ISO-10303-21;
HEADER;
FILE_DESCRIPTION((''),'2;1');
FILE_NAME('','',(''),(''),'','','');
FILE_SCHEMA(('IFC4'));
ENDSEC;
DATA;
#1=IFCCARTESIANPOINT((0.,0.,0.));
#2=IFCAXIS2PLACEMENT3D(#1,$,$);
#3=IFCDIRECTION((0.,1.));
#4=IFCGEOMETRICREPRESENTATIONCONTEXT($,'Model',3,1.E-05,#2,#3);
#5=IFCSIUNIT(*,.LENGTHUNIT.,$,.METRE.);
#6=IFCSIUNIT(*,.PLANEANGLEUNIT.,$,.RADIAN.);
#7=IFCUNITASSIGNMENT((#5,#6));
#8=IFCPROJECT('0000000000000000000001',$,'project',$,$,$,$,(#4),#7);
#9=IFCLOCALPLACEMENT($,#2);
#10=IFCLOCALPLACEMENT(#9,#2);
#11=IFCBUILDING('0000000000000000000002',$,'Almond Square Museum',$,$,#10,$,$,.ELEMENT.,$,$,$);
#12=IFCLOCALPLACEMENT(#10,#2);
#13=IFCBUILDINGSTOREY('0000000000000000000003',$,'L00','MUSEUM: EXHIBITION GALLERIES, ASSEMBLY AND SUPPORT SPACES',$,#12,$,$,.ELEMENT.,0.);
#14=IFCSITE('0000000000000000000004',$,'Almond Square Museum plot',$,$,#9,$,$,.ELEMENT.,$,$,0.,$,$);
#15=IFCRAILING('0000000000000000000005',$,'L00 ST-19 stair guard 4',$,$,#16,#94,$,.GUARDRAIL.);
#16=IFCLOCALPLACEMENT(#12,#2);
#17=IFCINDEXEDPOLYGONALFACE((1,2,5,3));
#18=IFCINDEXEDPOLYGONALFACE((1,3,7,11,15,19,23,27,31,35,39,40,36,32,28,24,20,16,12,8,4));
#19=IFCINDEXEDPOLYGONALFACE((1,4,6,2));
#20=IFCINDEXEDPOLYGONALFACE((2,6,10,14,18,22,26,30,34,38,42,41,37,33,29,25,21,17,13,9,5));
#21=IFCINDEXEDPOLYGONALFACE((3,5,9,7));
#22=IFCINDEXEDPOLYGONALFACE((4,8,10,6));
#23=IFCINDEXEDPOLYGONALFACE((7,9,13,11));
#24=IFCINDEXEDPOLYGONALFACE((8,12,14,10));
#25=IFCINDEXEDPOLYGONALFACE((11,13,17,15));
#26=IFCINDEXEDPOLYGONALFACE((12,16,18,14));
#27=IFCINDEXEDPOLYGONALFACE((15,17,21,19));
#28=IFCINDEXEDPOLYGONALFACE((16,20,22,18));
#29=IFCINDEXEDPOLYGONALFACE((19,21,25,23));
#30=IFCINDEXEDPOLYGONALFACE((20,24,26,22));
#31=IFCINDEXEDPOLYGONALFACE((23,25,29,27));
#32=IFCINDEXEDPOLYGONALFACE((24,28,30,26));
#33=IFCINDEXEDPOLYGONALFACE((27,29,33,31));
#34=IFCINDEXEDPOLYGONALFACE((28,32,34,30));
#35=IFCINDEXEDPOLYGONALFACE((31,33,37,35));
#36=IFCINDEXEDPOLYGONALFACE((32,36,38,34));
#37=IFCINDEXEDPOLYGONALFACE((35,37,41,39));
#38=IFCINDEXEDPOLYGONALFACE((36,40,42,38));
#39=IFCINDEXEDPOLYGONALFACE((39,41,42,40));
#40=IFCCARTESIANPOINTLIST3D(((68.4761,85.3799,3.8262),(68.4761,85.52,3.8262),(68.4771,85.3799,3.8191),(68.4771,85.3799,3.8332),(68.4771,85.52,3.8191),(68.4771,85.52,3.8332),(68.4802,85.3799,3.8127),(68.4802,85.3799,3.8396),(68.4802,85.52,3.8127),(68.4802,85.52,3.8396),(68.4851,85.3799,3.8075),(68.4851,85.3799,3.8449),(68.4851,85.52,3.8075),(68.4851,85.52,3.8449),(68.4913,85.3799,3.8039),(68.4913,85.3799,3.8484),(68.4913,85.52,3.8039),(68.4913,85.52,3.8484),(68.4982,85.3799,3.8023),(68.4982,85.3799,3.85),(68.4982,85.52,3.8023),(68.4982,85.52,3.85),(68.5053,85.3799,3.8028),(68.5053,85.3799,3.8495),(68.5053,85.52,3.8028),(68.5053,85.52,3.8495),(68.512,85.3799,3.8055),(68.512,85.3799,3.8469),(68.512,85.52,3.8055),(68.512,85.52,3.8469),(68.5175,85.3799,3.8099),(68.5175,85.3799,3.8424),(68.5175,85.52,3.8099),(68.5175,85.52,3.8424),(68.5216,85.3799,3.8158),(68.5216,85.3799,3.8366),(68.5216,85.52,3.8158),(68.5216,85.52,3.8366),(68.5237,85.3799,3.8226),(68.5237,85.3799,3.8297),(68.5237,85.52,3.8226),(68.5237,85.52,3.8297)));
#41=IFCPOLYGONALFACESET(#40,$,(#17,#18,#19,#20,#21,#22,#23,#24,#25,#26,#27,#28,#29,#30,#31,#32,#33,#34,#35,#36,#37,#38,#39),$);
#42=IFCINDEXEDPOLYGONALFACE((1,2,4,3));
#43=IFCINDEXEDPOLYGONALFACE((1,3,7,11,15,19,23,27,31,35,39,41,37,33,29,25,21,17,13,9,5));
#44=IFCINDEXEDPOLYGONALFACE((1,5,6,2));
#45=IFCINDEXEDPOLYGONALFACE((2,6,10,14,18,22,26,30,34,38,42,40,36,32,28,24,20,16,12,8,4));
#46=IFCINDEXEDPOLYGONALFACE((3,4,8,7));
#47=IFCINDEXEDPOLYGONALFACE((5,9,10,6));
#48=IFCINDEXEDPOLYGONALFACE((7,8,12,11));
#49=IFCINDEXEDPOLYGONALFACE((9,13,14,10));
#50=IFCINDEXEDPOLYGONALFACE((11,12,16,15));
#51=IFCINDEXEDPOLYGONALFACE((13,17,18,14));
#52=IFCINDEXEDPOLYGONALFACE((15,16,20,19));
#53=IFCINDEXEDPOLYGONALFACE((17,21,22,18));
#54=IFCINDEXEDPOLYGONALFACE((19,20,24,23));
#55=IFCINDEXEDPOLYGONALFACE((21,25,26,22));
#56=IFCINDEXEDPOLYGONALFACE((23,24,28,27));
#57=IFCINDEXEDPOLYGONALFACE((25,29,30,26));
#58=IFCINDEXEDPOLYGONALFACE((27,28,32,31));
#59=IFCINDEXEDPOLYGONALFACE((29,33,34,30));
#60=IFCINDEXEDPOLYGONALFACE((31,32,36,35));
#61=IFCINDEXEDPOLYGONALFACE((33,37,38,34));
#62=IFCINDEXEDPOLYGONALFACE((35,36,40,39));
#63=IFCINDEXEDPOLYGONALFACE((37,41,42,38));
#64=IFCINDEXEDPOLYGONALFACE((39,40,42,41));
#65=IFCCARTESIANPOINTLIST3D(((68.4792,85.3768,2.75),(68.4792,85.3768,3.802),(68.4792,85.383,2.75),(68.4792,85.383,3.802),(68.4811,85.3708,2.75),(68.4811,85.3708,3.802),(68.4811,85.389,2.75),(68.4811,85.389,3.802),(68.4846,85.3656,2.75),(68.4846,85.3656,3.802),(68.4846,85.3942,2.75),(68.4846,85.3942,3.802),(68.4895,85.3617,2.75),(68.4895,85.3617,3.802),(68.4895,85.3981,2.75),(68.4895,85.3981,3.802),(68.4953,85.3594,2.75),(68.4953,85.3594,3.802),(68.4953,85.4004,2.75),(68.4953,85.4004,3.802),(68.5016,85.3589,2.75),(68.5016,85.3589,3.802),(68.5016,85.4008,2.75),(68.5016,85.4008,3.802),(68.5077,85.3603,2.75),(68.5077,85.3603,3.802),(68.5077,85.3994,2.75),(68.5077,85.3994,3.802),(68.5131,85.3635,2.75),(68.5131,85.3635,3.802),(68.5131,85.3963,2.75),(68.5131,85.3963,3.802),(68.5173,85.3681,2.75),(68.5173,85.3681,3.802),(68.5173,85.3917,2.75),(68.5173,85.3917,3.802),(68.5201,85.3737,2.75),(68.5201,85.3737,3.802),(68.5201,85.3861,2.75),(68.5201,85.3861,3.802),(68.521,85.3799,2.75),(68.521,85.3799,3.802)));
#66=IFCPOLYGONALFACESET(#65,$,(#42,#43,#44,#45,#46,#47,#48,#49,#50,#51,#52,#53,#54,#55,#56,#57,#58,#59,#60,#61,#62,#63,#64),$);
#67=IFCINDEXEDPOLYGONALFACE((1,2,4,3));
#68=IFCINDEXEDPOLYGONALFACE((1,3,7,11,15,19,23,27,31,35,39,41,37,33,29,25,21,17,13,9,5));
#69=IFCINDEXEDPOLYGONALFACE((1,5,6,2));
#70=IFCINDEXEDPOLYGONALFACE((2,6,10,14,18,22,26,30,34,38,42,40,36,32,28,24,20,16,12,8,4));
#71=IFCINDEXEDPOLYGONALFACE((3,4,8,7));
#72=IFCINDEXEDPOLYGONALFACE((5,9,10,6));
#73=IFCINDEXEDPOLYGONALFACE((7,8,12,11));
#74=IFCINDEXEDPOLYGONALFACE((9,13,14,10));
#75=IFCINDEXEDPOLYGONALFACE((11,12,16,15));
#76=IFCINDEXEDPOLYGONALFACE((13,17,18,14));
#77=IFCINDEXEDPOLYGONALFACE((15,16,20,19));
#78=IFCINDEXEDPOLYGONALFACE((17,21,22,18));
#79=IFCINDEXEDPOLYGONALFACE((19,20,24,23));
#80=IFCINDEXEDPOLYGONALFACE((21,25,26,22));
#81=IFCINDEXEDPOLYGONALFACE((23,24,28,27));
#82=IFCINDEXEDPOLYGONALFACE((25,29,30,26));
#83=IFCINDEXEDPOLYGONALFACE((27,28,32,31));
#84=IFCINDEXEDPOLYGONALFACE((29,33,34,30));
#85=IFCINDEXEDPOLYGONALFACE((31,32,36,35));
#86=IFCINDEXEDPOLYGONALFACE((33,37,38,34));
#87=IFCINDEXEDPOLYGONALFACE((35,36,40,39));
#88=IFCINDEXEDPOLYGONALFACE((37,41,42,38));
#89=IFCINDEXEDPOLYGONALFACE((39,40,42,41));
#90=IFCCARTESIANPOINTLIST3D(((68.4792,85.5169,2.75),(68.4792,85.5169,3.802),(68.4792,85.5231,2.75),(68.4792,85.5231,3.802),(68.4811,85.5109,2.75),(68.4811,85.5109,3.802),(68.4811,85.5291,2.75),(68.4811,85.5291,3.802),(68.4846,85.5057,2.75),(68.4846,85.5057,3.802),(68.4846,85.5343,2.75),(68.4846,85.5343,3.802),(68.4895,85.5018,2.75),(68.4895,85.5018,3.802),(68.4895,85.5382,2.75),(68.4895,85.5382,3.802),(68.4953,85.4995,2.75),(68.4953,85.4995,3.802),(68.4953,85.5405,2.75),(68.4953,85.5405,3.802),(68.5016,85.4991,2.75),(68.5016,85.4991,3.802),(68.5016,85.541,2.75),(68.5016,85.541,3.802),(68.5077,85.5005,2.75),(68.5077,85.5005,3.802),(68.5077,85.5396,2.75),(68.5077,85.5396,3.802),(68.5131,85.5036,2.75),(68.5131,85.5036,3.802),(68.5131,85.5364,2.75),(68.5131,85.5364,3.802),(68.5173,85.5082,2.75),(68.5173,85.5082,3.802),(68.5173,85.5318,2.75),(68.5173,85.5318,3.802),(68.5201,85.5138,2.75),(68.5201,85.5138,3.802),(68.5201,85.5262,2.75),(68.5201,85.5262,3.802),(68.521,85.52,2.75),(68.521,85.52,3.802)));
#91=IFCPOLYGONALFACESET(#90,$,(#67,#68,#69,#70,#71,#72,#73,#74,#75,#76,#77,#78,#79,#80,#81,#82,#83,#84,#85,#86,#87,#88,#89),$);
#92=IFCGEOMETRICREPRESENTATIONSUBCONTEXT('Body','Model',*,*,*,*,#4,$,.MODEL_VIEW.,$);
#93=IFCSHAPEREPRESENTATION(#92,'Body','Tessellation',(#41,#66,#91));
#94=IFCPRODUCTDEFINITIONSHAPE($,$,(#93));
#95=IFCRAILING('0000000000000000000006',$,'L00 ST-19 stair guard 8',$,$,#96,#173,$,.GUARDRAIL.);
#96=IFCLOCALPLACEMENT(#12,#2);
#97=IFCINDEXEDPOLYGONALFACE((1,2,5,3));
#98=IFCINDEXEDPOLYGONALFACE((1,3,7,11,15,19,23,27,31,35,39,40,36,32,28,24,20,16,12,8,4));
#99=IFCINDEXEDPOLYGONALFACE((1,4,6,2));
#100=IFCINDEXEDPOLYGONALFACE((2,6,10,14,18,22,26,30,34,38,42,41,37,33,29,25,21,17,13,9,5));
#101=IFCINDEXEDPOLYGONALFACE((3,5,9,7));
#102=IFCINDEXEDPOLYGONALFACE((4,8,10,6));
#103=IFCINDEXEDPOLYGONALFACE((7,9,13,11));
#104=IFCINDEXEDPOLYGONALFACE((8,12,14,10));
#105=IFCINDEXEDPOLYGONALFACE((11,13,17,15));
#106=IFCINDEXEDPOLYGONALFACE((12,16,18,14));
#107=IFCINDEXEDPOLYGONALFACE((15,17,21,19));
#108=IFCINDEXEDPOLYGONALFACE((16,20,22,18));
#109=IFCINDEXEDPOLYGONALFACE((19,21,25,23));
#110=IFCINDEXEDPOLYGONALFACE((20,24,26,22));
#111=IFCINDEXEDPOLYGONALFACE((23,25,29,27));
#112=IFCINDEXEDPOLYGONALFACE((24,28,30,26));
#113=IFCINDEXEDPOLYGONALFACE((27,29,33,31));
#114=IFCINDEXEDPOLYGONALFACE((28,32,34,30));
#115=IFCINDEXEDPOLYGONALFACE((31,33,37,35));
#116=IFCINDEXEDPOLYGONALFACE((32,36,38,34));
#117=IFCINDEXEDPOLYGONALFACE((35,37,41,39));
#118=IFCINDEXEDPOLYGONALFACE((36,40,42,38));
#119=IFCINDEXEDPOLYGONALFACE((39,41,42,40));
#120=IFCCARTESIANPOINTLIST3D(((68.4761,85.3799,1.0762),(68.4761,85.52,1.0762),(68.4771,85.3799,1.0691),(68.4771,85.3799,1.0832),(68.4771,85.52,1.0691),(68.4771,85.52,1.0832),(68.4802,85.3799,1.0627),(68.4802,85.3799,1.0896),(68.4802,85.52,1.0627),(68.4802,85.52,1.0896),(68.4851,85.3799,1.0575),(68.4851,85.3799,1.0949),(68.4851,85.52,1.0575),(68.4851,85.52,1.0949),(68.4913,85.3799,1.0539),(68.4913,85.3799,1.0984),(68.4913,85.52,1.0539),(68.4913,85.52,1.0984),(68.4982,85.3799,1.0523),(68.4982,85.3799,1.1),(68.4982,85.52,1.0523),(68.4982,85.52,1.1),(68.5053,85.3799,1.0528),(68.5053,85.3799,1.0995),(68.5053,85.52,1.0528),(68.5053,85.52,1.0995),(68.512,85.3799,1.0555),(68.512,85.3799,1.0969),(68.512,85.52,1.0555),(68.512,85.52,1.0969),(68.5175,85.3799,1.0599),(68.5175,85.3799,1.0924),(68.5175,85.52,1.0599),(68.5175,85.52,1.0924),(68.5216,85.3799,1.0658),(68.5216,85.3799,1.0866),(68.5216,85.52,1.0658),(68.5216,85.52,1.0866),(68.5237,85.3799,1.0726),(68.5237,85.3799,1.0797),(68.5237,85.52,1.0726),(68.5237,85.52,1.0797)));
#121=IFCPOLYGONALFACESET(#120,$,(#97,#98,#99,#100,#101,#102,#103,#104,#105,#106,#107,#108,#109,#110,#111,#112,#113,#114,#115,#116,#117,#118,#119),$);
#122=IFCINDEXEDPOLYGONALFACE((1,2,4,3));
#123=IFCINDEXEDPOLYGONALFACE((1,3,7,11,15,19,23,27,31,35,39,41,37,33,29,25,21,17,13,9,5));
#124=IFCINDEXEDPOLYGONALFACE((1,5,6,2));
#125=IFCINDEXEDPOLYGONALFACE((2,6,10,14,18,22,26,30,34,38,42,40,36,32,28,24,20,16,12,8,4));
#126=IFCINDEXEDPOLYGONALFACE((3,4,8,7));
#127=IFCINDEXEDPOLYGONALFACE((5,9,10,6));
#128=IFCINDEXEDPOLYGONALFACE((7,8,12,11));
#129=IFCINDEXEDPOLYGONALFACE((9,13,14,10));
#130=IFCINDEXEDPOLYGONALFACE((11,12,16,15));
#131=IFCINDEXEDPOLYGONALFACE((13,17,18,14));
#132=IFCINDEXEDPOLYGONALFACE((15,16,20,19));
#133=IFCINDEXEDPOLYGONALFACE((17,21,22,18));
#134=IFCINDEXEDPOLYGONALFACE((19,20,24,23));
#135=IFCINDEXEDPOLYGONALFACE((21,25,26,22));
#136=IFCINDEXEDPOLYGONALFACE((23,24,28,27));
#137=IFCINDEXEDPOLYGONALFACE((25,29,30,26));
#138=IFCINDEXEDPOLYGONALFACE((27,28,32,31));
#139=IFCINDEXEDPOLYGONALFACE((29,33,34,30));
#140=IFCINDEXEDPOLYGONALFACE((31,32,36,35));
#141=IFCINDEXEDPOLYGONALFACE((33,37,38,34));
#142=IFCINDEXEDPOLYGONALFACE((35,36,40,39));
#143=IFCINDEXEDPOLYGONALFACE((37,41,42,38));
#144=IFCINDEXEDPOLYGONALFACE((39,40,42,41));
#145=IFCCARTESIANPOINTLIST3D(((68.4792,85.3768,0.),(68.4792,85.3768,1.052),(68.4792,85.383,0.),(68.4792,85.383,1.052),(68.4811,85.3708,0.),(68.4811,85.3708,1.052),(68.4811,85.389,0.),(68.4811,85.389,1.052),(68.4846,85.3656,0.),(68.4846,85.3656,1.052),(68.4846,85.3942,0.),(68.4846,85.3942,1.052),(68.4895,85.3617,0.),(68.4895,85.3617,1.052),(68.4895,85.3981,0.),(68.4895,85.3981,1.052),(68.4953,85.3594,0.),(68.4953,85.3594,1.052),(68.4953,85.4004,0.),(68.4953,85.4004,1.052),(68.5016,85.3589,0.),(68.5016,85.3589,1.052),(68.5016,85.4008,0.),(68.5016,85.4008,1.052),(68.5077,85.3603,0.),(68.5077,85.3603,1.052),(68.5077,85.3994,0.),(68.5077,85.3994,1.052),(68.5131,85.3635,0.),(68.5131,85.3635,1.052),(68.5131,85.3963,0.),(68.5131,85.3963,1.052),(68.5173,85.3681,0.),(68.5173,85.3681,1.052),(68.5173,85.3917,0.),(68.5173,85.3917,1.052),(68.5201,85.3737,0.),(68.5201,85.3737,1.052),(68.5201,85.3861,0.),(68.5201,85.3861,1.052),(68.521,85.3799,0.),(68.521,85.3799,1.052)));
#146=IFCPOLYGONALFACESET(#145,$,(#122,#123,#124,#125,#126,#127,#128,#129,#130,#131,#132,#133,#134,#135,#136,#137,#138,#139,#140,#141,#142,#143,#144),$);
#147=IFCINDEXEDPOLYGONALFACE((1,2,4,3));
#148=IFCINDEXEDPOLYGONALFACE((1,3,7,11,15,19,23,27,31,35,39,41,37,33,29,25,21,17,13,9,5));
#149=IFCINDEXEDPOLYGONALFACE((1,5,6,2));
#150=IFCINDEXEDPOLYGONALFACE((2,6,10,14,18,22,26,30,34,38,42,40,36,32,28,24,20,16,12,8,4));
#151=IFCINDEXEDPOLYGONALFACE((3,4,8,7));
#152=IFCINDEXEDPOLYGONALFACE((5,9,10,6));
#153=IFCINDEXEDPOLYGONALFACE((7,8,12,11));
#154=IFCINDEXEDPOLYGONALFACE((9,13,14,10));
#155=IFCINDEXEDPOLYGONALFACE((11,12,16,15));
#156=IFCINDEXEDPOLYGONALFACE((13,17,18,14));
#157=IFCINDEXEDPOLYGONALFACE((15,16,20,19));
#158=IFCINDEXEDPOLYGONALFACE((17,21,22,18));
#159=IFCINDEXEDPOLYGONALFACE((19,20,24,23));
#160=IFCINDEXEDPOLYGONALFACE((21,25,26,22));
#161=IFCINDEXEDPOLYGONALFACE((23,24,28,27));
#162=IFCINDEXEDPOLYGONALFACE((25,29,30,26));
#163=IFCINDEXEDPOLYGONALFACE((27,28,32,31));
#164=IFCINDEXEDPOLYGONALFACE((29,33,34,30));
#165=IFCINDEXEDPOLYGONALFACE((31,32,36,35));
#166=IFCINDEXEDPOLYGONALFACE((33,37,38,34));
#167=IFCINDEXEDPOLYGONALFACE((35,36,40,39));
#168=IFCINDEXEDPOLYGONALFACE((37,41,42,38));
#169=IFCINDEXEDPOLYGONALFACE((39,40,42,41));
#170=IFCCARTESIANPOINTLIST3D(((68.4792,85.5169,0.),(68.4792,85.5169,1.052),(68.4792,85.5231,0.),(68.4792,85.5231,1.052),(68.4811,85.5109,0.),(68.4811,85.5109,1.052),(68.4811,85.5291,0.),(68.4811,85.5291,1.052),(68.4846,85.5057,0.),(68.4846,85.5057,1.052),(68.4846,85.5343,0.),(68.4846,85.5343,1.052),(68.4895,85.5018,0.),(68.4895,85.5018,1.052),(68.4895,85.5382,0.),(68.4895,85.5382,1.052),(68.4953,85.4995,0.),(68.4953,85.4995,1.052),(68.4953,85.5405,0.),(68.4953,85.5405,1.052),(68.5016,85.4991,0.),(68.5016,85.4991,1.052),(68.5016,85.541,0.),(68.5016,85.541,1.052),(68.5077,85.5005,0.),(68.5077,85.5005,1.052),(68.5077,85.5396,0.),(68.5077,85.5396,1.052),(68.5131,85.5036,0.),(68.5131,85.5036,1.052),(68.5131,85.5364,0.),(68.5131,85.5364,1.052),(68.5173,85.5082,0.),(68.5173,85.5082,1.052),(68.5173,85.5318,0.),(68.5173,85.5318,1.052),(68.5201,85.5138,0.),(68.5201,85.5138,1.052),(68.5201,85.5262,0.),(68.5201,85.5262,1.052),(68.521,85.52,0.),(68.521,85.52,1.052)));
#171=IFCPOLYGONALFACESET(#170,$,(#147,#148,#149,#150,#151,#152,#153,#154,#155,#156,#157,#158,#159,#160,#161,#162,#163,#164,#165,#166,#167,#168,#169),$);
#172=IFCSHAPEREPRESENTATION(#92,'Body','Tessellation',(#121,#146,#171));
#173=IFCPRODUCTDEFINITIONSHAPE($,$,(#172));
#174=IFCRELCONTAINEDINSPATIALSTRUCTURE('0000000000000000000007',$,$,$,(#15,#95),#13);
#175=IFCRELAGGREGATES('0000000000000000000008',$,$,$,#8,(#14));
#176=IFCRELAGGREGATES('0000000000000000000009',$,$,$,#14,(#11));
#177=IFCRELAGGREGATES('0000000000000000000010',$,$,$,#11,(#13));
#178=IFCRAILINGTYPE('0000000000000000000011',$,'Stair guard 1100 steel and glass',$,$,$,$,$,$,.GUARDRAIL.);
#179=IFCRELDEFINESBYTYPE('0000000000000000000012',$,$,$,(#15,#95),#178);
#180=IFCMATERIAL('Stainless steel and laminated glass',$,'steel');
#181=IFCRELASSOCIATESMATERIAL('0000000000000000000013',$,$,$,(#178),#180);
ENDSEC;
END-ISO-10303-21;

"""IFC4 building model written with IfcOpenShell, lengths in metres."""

from ifc_helpers import new_model, si_unit, direction, frame, origin, origin_2d, place, context, subcontext, project, spatial, circle, extrude, material, type_object, element, save


model = new_model("IFC4")

# Units and contexts
model_context = context("Model", 3, precision=1e-05, world=origin(), true_north=direction((0.0, 1.0)))
body_context = subcontext(model_context, "Body", "Model", "MODEL_VIEW")
ifc_project = project(units=[si_unit("LENGTHUNIT", "METRE"), si_unit("PLANEANGLEUNIT", "RADIAN")], contexts=[model_context])

# Site, building, storey
site_placement = place(None, origin())
site = spatial("IfcSite", under=ifc_project, at=site_placement, Name="Almond Square Museum plot", CompositionType="ELEMENT", RefElevation=0.0)
building_placement = place(site_placement, origin())
building = spatial("IfcBuilding", under=site, at=building_placement, Name="Almond Square Museum", CompositionType="ELEMENT")
storey_placement = place(building_placement, origin())
storey = spatial("IfcBuildingStorey", under=building, at=storey_placement, Name="L00", Description="MUSEUM: EXHIBITION GALLERIES, ASSEMBLY AND SUPPORT SPACES", CompositionType="ELEMENT", Elevation=0.0)

# Railings
ifc_material_1 = material(Name="Stainless steel and laminated glass", Category="steel")
railing_type = type_object("IfcRailingType", Name="Stair guard 1100 steel and glass", PredefinedType="GUARDRAIL", material=ifc_material_1)
for number, where, name in (
    (1, (68.5, 85.3799, 2.75), "L00 ST-19 stair guard 4"),
    (2, (68.5, 85.3799, 0.0), "L00 ST-19 stair guard 8"),
):
    element("IfcRailing", number, at=place(storey_placement, frame(where)), inside=storey, type_object=railing_type, Name=name, PredefinedType="GUARDRAIL", context=body_context, shape_type="SweptSolid", body=[
        extrude(circle(Radius=0.0239, at=origin_2d()), frame((0.0, 0.0, 1.0762), z_axis=(0.0, 1.0, 0.0), x_axis=(-1.0, 0.0, 0.0)), (0.0, 0.0, 1.0), 0.1401),
        extrude(circle(Radius=0.021, at=origin_2d()), origin(), (0.0, 0.0, 1.0), 1.052),
        extrude(circle(Radius=0.021, at=origin_2d()), frame((0.0, 0.1401, 0.0)), (0.0, 0.0, 1.0), 1.052),
    ])

save(model, "model.ifc")
